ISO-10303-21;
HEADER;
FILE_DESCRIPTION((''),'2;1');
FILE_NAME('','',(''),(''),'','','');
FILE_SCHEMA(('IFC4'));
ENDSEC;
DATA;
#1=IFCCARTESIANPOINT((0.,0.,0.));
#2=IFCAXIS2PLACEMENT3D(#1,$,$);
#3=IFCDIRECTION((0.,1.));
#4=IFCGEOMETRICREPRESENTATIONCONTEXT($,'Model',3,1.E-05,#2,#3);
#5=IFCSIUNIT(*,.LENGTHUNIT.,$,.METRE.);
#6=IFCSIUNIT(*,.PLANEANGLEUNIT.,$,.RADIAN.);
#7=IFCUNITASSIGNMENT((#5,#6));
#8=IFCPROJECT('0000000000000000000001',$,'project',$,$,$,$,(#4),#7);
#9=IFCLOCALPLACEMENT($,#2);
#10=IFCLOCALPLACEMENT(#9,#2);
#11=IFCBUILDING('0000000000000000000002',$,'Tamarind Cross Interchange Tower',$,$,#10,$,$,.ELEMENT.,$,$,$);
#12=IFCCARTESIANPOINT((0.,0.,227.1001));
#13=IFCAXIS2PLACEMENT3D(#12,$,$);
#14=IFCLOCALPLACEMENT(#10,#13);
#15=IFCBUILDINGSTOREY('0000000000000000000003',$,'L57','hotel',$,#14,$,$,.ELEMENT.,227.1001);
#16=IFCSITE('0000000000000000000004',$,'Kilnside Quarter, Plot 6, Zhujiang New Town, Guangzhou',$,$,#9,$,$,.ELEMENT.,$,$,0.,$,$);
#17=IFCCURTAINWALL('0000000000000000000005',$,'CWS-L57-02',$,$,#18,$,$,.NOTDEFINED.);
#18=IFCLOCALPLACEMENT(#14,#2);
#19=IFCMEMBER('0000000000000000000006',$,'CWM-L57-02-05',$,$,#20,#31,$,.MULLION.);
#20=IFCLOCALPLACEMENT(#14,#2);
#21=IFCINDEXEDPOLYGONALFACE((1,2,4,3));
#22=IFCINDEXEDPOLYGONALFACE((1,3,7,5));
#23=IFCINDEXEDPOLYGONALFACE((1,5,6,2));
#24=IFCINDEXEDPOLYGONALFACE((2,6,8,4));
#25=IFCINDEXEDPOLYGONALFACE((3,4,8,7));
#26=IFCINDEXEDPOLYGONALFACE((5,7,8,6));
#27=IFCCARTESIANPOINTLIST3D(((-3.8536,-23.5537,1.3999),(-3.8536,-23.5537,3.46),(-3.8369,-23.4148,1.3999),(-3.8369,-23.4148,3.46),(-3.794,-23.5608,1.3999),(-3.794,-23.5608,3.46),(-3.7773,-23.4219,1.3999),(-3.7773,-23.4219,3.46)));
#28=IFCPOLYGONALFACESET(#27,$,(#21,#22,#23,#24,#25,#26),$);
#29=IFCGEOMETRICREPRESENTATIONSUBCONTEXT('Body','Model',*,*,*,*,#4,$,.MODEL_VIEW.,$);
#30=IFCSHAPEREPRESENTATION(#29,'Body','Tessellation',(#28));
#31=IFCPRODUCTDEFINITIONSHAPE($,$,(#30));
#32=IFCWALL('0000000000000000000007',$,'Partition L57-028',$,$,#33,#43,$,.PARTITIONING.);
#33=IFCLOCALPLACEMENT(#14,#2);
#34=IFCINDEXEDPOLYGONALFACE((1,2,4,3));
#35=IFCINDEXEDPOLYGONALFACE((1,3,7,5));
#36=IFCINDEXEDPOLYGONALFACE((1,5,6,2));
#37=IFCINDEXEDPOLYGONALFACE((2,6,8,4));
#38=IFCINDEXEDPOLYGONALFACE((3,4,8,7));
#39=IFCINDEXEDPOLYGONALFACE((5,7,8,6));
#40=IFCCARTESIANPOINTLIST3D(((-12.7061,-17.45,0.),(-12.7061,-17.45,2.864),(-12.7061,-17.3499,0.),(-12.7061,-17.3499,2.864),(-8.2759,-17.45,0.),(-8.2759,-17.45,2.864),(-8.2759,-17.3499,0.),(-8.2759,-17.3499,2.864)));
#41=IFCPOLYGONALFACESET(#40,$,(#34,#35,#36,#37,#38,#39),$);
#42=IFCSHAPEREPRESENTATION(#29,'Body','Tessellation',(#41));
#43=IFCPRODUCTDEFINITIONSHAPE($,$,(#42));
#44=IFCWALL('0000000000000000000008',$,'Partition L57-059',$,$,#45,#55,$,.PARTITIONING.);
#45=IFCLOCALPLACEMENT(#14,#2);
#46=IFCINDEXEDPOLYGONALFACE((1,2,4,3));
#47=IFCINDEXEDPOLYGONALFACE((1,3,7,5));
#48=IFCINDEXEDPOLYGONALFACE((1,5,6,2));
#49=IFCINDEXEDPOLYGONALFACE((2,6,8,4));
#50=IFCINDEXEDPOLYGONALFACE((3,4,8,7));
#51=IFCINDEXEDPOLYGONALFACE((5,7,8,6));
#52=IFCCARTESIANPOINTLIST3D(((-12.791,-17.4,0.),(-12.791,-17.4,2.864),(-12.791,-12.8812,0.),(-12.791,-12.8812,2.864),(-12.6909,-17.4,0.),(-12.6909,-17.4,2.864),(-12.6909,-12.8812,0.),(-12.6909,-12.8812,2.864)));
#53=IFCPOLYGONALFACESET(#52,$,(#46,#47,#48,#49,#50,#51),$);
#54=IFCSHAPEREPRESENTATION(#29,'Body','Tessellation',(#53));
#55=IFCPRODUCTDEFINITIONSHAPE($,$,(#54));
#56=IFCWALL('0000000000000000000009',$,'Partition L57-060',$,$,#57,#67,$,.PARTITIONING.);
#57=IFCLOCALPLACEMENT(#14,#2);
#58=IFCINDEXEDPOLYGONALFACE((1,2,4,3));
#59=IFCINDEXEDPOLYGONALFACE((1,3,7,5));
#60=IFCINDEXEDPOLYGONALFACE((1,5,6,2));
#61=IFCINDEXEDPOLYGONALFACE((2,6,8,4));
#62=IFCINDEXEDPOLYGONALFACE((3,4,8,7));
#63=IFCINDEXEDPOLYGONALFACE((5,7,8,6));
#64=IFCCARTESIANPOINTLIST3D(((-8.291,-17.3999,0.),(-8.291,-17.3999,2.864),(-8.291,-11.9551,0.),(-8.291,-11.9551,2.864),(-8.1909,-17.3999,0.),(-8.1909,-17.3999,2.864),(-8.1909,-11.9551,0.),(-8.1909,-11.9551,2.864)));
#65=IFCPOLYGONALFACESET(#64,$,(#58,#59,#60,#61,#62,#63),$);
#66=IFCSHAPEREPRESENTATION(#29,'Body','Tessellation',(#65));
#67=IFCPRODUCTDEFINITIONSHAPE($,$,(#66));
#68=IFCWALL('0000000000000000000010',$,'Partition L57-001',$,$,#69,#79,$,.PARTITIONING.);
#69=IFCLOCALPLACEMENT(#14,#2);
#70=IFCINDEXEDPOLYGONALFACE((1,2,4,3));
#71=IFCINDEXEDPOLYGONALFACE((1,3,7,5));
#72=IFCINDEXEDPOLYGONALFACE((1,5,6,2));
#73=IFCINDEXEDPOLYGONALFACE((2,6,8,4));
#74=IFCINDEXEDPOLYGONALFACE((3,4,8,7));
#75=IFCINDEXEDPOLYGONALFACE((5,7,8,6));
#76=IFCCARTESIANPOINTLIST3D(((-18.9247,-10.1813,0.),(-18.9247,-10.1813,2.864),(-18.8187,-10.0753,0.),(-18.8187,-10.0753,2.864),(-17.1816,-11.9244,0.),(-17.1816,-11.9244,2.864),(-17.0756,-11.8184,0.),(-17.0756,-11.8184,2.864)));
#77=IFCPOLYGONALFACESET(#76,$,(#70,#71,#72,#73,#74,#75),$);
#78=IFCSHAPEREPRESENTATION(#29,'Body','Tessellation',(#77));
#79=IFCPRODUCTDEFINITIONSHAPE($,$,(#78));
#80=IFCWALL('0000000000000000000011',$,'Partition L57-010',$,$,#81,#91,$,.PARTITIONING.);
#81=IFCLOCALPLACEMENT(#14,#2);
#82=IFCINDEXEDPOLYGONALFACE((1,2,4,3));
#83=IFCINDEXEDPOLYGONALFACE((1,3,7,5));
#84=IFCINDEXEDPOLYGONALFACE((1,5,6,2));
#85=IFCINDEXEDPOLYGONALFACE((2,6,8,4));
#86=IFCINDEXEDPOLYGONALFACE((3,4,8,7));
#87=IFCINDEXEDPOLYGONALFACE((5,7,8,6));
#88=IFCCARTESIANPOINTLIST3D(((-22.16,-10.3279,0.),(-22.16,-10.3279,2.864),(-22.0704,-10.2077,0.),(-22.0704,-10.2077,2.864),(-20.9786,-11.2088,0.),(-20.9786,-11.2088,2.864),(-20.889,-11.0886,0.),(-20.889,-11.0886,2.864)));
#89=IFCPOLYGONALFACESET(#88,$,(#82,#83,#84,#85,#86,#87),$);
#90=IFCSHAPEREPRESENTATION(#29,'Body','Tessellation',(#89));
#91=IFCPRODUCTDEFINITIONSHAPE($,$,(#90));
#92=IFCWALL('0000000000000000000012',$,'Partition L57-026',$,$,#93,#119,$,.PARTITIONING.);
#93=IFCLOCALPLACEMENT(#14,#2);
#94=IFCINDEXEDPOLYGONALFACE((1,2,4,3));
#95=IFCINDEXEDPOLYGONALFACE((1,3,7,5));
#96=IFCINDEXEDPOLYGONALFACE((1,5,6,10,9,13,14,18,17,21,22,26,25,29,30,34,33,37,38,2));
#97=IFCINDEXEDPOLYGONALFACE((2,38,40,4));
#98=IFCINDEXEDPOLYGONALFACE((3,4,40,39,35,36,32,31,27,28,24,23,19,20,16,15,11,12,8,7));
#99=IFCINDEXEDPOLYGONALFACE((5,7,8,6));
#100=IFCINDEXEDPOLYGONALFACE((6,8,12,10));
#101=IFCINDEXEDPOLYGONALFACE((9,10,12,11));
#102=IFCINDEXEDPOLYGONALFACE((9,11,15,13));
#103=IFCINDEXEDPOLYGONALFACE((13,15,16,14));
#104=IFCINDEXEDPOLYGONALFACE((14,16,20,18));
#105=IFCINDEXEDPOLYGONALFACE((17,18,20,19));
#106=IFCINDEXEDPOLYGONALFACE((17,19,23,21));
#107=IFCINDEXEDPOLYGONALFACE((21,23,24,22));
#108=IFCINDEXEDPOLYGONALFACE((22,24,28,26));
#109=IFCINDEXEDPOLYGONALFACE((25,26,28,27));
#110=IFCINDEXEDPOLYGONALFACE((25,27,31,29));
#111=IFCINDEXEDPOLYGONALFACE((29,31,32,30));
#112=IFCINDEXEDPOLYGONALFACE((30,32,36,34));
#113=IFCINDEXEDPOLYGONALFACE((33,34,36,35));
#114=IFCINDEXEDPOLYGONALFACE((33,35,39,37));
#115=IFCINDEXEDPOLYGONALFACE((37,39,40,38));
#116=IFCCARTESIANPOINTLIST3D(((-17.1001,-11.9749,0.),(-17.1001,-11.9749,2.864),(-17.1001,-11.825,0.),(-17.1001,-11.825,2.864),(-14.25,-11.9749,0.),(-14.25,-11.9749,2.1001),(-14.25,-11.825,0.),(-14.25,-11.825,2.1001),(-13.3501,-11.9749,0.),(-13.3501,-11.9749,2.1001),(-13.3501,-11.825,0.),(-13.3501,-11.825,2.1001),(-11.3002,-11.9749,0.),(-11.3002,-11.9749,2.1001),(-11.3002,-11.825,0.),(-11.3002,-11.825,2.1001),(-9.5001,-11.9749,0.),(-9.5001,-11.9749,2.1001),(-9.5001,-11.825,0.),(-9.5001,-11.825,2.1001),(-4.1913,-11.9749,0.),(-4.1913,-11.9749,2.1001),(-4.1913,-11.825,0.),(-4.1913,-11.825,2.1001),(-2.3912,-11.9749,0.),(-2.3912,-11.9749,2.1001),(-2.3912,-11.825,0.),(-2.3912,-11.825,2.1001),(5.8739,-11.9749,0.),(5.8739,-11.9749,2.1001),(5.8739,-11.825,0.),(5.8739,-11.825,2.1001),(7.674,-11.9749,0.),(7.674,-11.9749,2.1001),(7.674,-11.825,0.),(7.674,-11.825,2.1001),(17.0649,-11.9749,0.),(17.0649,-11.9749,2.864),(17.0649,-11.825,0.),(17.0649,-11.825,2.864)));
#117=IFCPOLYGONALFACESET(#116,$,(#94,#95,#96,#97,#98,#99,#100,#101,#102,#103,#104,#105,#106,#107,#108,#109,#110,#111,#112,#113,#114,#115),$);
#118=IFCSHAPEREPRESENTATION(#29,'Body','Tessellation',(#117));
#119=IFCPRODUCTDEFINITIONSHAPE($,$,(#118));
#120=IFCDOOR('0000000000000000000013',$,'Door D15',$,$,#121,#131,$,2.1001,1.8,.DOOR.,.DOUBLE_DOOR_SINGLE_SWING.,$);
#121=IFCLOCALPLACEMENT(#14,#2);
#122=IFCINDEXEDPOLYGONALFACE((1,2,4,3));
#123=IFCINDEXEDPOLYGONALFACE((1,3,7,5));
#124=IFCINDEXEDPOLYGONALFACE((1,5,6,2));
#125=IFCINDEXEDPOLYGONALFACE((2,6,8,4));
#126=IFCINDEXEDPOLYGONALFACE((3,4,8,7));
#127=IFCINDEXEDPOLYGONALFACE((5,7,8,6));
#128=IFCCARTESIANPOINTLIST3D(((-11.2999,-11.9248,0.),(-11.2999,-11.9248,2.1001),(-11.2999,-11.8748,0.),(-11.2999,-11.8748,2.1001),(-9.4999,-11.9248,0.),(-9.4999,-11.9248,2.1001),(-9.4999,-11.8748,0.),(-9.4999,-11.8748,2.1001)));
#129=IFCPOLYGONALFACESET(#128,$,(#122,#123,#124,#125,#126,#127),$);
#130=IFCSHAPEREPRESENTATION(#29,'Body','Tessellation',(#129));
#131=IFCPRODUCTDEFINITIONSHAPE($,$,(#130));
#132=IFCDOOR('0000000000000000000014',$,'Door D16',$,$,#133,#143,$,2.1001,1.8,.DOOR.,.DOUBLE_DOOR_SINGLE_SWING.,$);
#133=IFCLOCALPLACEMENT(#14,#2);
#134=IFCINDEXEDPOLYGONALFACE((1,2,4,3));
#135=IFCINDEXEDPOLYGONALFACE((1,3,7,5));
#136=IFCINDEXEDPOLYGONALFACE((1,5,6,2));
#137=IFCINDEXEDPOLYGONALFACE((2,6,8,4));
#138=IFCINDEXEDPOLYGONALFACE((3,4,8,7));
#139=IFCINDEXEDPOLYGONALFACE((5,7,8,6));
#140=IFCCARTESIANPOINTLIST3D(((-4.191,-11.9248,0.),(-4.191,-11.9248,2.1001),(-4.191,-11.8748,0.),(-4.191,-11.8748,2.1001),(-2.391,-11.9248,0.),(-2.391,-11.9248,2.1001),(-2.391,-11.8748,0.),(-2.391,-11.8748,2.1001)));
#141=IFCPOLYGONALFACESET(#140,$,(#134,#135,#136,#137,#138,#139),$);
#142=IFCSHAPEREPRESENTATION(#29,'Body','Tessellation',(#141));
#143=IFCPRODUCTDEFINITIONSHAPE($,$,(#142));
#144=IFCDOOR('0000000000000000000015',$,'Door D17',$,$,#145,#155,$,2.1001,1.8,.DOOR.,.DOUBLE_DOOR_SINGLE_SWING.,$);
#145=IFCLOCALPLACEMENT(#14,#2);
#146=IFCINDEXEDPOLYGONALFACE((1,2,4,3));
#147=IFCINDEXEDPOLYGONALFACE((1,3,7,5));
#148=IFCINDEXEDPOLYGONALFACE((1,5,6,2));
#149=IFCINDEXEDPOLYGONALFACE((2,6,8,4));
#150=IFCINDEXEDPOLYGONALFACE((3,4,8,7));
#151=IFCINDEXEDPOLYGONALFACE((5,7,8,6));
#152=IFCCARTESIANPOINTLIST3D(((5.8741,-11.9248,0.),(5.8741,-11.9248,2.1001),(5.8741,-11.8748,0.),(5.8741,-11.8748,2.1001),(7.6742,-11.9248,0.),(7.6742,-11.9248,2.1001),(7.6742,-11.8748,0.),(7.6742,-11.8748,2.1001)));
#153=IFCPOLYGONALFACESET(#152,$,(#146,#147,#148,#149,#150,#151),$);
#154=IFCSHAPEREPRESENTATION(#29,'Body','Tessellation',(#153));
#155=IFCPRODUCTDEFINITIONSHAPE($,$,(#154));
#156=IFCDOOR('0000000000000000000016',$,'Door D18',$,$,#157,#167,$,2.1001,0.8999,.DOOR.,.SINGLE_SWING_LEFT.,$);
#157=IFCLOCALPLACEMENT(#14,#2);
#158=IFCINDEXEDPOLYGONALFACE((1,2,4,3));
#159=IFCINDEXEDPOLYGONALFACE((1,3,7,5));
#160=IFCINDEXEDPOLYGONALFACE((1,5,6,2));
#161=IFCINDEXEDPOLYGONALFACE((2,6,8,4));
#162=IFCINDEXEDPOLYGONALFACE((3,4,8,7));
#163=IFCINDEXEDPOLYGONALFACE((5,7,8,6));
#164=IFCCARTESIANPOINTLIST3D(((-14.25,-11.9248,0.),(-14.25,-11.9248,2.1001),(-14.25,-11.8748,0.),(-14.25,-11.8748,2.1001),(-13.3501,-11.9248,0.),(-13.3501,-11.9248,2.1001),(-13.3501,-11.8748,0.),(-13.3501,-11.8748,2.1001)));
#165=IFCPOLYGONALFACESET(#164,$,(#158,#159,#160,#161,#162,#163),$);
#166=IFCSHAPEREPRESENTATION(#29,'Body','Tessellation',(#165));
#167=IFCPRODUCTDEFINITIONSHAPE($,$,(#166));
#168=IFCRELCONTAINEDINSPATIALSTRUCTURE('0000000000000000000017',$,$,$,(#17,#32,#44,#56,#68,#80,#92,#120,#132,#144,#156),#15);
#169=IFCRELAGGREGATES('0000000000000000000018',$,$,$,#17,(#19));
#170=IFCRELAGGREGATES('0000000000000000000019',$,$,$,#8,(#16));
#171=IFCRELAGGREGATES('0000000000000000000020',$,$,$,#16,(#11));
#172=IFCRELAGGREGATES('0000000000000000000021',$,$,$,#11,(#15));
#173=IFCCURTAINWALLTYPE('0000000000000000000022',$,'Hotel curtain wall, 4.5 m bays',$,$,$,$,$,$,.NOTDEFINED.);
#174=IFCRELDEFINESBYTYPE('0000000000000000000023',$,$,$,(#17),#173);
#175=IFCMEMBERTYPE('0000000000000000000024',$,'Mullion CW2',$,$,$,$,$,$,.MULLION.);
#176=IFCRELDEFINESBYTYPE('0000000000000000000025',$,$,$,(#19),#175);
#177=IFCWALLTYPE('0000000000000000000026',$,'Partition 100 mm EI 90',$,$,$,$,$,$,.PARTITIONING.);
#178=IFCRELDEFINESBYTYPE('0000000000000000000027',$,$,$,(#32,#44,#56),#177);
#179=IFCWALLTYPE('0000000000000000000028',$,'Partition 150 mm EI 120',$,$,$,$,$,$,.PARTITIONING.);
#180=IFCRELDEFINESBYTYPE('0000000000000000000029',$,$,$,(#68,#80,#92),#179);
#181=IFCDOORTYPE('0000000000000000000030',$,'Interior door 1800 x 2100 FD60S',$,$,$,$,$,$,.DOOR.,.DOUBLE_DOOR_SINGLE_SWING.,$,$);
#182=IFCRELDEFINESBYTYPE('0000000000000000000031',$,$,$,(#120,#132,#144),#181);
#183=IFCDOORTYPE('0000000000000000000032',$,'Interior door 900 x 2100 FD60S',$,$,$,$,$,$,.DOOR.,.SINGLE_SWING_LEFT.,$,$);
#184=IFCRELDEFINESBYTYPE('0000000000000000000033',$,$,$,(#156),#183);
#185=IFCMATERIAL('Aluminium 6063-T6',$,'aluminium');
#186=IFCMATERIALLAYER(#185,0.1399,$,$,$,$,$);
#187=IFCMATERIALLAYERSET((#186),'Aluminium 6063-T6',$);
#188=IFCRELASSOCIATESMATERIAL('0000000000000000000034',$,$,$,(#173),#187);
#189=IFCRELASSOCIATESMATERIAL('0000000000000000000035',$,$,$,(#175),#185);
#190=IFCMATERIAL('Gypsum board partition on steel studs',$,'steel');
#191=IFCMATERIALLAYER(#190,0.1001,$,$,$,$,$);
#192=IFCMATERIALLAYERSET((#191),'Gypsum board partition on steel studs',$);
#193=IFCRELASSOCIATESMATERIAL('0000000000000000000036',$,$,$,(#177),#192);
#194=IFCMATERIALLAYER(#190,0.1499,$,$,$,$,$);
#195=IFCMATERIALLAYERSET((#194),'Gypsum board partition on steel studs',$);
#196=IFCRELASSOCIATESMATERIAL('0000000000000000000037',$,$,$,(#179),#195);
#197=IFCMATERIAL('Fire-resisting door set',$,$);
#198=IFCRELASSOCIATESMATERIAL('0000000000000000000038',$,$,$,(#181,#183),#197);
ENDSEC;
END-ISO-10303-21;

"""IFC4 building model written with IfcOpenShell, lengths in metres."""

from ifc_helpers import new_model, si_unit, direction, frame, frame_2d, origin, origin_2d, place, context, subcontext, project, spatial, rectangle, extrude, material, layer, layer_set, material_profile, profile_set, type_object, element, fill, aggregate, save


model = new_model("IFC4")

# Units and contexts
model_context = context("Model", 3, precision=1e-05, world=origin(), true_north=direction((0.0, 1.0)))
body_context = subcontext(model_context, "Body", "Model", "MODEL_VIEW")
ifc_project = project(units=[si_unit("LENGTHUNIT", "METRE"), si_unit("PLANEANGLEUNIT", "RADIAN")], contexts=[model_context])

# Site, building, storey
site_placement = place(None, origin())
site = spatial("IfcSite", under=ifc_project, at=site_placement, Name="Kilnside Quarter, Plot 6, Zhujiang New Town, Guangzhou", CompositionType="ELEMENT", RefElevation=0.0)
building_placement = place(site_placement, origin())
building = spatial("IfcBuilding", under=site, at=building_placement, Name="Tamarind Cross Interchange Tower", CompositionType="ELEMENT")
storey_placement = place(building_placement, frame((0.0, 0.0, 227.1001)))
storey = spatial("IfcBuildingStorey", under=building, at=storey_placement, Name="L57", Description="hotel", CompositionType="ELEMENT", Elevation=227.1001)

# Curtain wall, member
ifc_material_1 = material(Name="Aluminium 6063-T6", Category="aluminium")
ifc_layer_1 = layer(ifc_material_1, 0.1399)
ifc_layer_set_1 = layer_set([ifc_layer_1], Name="Aluminium 6063-T6")
curtain_wall_type = type_object("IfcCurtainWallType", Name="Hotel curtain wall, 4.5 m bays", PredefinedType="NOTDEFINED", material=ifc_layer_set_1)
curtain_wall_placement = place(storey_placement, origin())
curtain_wall = element("IfcCurtainWall", 1, at=curtain_wall_placement, inside=storey, type_object=curtain_wall_type, Name="CWS-L57-02", PredefinedType="NOTDEFINED")
ifc_material_profile_1 = material_profile(ifc_material_1, rectangle(XDim=0.0601, YDim=0.1399, at=origin_2d()), Name="Mullion CW2")
ifc_profile_set_1 = profile_set([ifc_material_profile_1], Name="Aluminium 6063-T6")
member_type = type_object("IfcMemberType", Name="Mullion CW2", PredefinedType="MULLION", material=ifc_profile_set_1)
member_1_placement = place(storey_placement, frame((-3.8154, -23.4878, 1.3999), z_axis=(0.0, 0.0, 1.0), x_axis=(0.992844, -0.119421, 0.0)))
member_1 = element("IfcMember", 2, at=member_1_placement, type_object=member_type, Name="CWM-L57-02-05", PredefinedType="MULLION", context=body_context, shape_type="SweptSolid", body=[
    extrude(rectangle(XDim=0.0601, YDim=0.1399, at=origin_2d()), origin(), (0.0, 0.0, 1.0), 2.0601),
])
aggregate(curtain_wall, [member_1])

# Walls
ifc_material_2 = material(Name="Gypsum board partition on steel studs", Category="steel")
ifc_layer_2 = layer(ifc_material_2, 0.1001)
ifc_layer_set_2 = layer_set([ifc_layer_2], Name="Gypsum board partition on steel studs")
wall_type_1 = type_object("IfcWallType", Name="Partition 100 mm EI 90", PredefinedType="PARTITIONING", material=ifc_layer_set_2)
wall_1_placement = place(storey_placement, frame((-12.7061, -17.3999, 0.0), z_axis=(0.0, 0.0, 1.0), x_axis=(1.0, 0.0, 0.0)))
element("IfcWall", 3, at=wall_1_placement, inside=storey, type_object=wall_type_1, Name="Partition L57-028", PredefinedType="PARTITIONING", context=body_context, shape_type="SweptSolid", body=[
    extrude(rectangle(XDim=4.4302, YDim=0.1001, at=frame_2d((2.2151, 0.0))), origin(), (0.0, 0.0, 1.0), 2.864),
])
wall_2_placement = place(storey_placement, frame((-12.741, -17.3999, 0.0), z_axis=(0.0, 0.0, 1.0), x_axis=(0.0, 1.0, 0.0)))
element("IfcWall", 4, at=wall_2_placement, inside=storey, type_object=wall_type_1, Name="Partition L57-059", PredefinedType="PARTITIONING", context=body_context, shape_type="SweptSolid", body=[
    extrude(rectangle(XDim=4.5188, YDim=0.1001, at=frame_2d((2.2593, 0.0))), origin(), (0.0, 0.0, 1.0), 2.864),
])
wall_3_placement = place(storey_placement, frame((-8.241, -17.3999, 0.0), z_axis=(0.0, 0.0, 1.0), x_axis=(0.0, 1.0, 0.0)))
element("IfcWall", 5, at=wall_3_placement, inside=storey, type_object=wall_type_1, Name="Partition L57-060", PredefinedType="PARTITIONING", context=body_context, shape_type="SweptSolid", body=[
    extrude(rectangle(XDim=5.4448, YDim=0.1001, at=frame_2d((2.7224, 0.0))), origin(), (0.0, 0.0, 1.0), 2.864),
])
ifc_layer_3 = layer(ifc_material_2, 0.1499)
ifc_layer_set_3 = layer_set([ifc_layer_3], Name="Gypsum board partition on steel studs")
wall_type_2 = type_object("IfcWallType", Name="Partition 150 mm EI 120", PredefinedType="PARTITIONING", material=ifc_layer_set_3)
wall_4_placement = place(storey_placement, frame((-18.8716, -10.1284, 0.0), z_axis=(0.0, 0.0, 1.0), x_axis=(0.707107, -0.707107, 0.0)))
element("IfcWall", 6, at=wall_4_placement, inside=storey, type_object=wall_type_2, Name="Partition L57-001", PredefinedType="PARTITIONING", context=body_context, shape_type="SweptSolid", body=[
    extrude(rectangle(XDim=2.4651, YDim=0.1499, at=frame_2d((1.2324, 0.0))), origin(), (0.0, 0.0, 1.0), 2.864),
])
wall_5_placement = place(storey_placement, frame((-22.1152, -10.2678, 0.0), z_axis=(0.0, 0.0, 1.0), x_axis=(0.801687, -0.597744, 0.0)))
element("IfcWall", 7, at=wall_5_placement, inside=storey, type_object=wall_type_2, Name="Partition L57-010", PredefinedType="PARTITIONING", context=body_context, shape_type="SweptSolid", body=[
    extrude(rectangle(XDim=1.4736, YDim=0.1499, at=frame_2d((0.7368, 0.0))), origin(), (0.0, 0.0, 1.0), 2.864),
])

# Wall, openings, doors
wall_6_placement = place(storey_placement, frame((-17.1001, -11.8999, 0.0), z_axis=(0.0, 0.0, 1.0), x_axis=(1.0, 0.0, 0.0)))
wall_6 = element("IfcWall", 8, at=wall_6_placement, inside=storey, type_object=wall_type_2, Name="Partition L57-026", PredefinedType="PARTITIONING", context=body_context, shape_type="SweptSolid", body=[
    extrude(rectangle(XDim=34.165, YDim=0.1499, at=frame_2d((17.0825, 0.0))), origin(), (0.0, 0.0, 1.0), 2.864),
])
opening_1_placement = place(wall_6_placement, frame((5.8, 0.0, 0.0)))
opening_1 = element("IfcOpeningElement", 9, at=opening_1_placement, cuts=wall_6, PredefinedType="OPENING", context=body_context, shape_type="SweptSolid", body=[
    extrude(rectangle(XDim=1.8, YDim=2.1001, at=frame_2d((0.8999, 1.05))), frame((0.0, 0.085, 0.0), z_axis=(0.0, -1.0, 0.0), x_axis=(1.0, 0.0, 0.0)), (0.0, 0.0, 1.0), 0.1699),
])
opening_2_placement = place(wall_6_placement, frame((12.9089, 0.0, 0.0)))
opening_2 = element("IfcOpeningElement", 10, at=opening_2_placement, cuts=wall_6, PredefinedType="OPENING", context=body_context, shape_type="SweptSolid", body=[
    extrude(rectangle(XDim=1.8, YDim=2.1001, at=frame_2d((0.8999, 1.05))), frame((0.0, 0.085, 0.0), z_axis=(0.0, -1.0, 0.0), x_axis=(1.0, 0.0, 0.0)), (0.0, 0.0, 1.0), 0.1699),
])
opening_3_placement = place(wall_6_placement, frame((22.9741, 0.0, 0.0)))
opening_3 = element("IfcOpeningElement", 11, at=opening_3_placement, cuts=wall_6, PredefinedType="OPENING", context=body_context, shape_type="SweptSolid", body=[
    extrude(rectangle(XDim=1.8, YDim=2.1001, at=frame_2d((0.8999, 1.05))), frame((0.0, 0.085, 0.0), z_axis=(0.0, -1.0, 0.0), x_axis=(1.0, 0.0, 0.0)), (0.0, 0.0, 1.0), 0.1699),
])
opening_4_placement = place(wall_6_placement, frame((2.8501, 0.0, 0.0)))
opening_4 = element("IfcOpeningElement", 12, at=opening_4_placement, cuts=wall_6, PredefinedType="OPENING", context=body_context, shape_type="SweptSolid", body=[
    extrude(rectangle(XDim=0.8999, YDim=2.1001, at=frame_2d((0.45, 1.05))), frame((0.0, 0.085, 0.0), z_axis=(0.0, -1.0, 0.0), x_axis=(1.0, 0.0, 0.0)), (0.0, 0.0, 1.0), 0.1699),
])
ifc_material_3 = material(Name="Fire-resisting door set")
door_type_1 = type_object("IfcDoorType", Name="Interior door 1800 x 2100 FD60S", OperationType="DOUBLE_DOOR_SINGLE_SWING", PredefinedType="DOOR", material=ifc_material_3)
door_1_placement = place(opening_1_placement, frame((1.8, 0.0, 0.0), z_axis=(0.0, 0.0, 1.0), x_axis=(-1.0, 0.0, 0.0)))
door_1 = element("IfcDoor", 13, at=door_1_placement, inside=storey, type_object=door_type_1, Name="Door D15", OperationType="DOUBLE_DOOR_SINGLE_SWING", OverallHeight=2.1001, OverallWidth=1.8, PredefinedType="DOOR", context=body_context, shape_type="SweptSolid", body=[
    extrude(rectangle(XDim=1.8, YDim=2.1001, at=frame_2d((0.8999, 1.05))), frame((0.0, 0.0249, 0.0), z_axis=(0.0, -1.0, 0.0), x_axis=(1.0, 0.0, 0.0)), (0.0, 0.0, 1.0), 0.05),
])
fill(opening_1, door_1)
door_2_placement = place(opening_2_placement, frame((1.8, 0.0, 0.0), z_axis=(0.0, 0.0, 1.0), x_axis=(-1.0, 0.0, 0.0)))
door_2 = element("IfcDoor", 14, at=door_2_placement, inside=storey, type_object=door_type_1, Name="Door D16", OperationType="DOUBLE_DOOR_SINGLE_SWING", OverallHeight=2.1001, OverallWidth=1.8, PredefinedType="DOOR", context=body_context, shape_type="SweptSolid", body=[
    extrude(rectangle(XDim=1.8, YDim=2.1001, at=frame_2d((0.8999, 1.05))), frame((0.0, 0.0249, 0.0), z_axis=(0.0, -1.0, 0.0), x_axis=(1.0, 0.0, 0.0)), (0.0, 0.0, 1.0), 0.05),
])
fill(opening_2, door_2)
door_3_placement = place(opening_3_placement, frame((1.8, 0.0, 0.0), z_axis=(0.0, 0.0, 1.0), x_axis=(-1.0, 0.0, 0.0)))
door_3 = element("IfcDoor", 15, at=door_3_placement, inside=storey, type_object=door_type_1, Name="Door D17", OperationType="DOUBLE_DOOR_SINGLE_SWING", OverallHeight=2.1001, OverallWidth=1.8, PredefinedType="DOOR", context=body_context, shape_type="SweptSolid", body=[
    extrude(rectangle(XDim=1.8, YDim=2.1001, at=frame_2d((0.8999, 1.05))), frame((0.0, 0.0249, 0.0), z_axis=(0.0, -1.0, 0.0), x_axis=(1.0, 0.0, 0.0)), (0.0, 0.0, 1.0), 0.05),
])
fill(opening_3, door_3)
door_type_2 = type_object("IfcDoorType", Name="Interior door 900 x 2100 FD60S", OperationType="SINGLE_SWING_LEFT", PredefinedType="DOOR", material=ifc_material_3)
door_4_placement = place(opening_4_placement, frame((0.8999, 0.0, 0.0), z_axis=(0.0, 0.0, 1.0), x_axis=(-1.0, 0.0, 0.0)))
door_4 = element("IfcDoor", 16, at=door_4_placement, inside=storey, type_object=door_type_2, Name="Door D18", OperationType="SINGLE_SWING_LEFT", OverallHeight=2.1001, OverallWidth=0.8999, PredefinedType="DOOR", context=body_context, shape_type="SweptSolid", body=[
    extrude(rectangle(XDim=0.8999, YDim=2.1001, at=frame_2d((0.45, 1.05))), frame((0.0, 0.0249, 0.0), z_axis=(0.0, -1.0, 0.0), x_axis=(1.0, 0.0, 0.0)), (0.0, 0.0, 1.0), 0.05),
])
fill(opening_4, door_4)

save(model, "model.ifc")
